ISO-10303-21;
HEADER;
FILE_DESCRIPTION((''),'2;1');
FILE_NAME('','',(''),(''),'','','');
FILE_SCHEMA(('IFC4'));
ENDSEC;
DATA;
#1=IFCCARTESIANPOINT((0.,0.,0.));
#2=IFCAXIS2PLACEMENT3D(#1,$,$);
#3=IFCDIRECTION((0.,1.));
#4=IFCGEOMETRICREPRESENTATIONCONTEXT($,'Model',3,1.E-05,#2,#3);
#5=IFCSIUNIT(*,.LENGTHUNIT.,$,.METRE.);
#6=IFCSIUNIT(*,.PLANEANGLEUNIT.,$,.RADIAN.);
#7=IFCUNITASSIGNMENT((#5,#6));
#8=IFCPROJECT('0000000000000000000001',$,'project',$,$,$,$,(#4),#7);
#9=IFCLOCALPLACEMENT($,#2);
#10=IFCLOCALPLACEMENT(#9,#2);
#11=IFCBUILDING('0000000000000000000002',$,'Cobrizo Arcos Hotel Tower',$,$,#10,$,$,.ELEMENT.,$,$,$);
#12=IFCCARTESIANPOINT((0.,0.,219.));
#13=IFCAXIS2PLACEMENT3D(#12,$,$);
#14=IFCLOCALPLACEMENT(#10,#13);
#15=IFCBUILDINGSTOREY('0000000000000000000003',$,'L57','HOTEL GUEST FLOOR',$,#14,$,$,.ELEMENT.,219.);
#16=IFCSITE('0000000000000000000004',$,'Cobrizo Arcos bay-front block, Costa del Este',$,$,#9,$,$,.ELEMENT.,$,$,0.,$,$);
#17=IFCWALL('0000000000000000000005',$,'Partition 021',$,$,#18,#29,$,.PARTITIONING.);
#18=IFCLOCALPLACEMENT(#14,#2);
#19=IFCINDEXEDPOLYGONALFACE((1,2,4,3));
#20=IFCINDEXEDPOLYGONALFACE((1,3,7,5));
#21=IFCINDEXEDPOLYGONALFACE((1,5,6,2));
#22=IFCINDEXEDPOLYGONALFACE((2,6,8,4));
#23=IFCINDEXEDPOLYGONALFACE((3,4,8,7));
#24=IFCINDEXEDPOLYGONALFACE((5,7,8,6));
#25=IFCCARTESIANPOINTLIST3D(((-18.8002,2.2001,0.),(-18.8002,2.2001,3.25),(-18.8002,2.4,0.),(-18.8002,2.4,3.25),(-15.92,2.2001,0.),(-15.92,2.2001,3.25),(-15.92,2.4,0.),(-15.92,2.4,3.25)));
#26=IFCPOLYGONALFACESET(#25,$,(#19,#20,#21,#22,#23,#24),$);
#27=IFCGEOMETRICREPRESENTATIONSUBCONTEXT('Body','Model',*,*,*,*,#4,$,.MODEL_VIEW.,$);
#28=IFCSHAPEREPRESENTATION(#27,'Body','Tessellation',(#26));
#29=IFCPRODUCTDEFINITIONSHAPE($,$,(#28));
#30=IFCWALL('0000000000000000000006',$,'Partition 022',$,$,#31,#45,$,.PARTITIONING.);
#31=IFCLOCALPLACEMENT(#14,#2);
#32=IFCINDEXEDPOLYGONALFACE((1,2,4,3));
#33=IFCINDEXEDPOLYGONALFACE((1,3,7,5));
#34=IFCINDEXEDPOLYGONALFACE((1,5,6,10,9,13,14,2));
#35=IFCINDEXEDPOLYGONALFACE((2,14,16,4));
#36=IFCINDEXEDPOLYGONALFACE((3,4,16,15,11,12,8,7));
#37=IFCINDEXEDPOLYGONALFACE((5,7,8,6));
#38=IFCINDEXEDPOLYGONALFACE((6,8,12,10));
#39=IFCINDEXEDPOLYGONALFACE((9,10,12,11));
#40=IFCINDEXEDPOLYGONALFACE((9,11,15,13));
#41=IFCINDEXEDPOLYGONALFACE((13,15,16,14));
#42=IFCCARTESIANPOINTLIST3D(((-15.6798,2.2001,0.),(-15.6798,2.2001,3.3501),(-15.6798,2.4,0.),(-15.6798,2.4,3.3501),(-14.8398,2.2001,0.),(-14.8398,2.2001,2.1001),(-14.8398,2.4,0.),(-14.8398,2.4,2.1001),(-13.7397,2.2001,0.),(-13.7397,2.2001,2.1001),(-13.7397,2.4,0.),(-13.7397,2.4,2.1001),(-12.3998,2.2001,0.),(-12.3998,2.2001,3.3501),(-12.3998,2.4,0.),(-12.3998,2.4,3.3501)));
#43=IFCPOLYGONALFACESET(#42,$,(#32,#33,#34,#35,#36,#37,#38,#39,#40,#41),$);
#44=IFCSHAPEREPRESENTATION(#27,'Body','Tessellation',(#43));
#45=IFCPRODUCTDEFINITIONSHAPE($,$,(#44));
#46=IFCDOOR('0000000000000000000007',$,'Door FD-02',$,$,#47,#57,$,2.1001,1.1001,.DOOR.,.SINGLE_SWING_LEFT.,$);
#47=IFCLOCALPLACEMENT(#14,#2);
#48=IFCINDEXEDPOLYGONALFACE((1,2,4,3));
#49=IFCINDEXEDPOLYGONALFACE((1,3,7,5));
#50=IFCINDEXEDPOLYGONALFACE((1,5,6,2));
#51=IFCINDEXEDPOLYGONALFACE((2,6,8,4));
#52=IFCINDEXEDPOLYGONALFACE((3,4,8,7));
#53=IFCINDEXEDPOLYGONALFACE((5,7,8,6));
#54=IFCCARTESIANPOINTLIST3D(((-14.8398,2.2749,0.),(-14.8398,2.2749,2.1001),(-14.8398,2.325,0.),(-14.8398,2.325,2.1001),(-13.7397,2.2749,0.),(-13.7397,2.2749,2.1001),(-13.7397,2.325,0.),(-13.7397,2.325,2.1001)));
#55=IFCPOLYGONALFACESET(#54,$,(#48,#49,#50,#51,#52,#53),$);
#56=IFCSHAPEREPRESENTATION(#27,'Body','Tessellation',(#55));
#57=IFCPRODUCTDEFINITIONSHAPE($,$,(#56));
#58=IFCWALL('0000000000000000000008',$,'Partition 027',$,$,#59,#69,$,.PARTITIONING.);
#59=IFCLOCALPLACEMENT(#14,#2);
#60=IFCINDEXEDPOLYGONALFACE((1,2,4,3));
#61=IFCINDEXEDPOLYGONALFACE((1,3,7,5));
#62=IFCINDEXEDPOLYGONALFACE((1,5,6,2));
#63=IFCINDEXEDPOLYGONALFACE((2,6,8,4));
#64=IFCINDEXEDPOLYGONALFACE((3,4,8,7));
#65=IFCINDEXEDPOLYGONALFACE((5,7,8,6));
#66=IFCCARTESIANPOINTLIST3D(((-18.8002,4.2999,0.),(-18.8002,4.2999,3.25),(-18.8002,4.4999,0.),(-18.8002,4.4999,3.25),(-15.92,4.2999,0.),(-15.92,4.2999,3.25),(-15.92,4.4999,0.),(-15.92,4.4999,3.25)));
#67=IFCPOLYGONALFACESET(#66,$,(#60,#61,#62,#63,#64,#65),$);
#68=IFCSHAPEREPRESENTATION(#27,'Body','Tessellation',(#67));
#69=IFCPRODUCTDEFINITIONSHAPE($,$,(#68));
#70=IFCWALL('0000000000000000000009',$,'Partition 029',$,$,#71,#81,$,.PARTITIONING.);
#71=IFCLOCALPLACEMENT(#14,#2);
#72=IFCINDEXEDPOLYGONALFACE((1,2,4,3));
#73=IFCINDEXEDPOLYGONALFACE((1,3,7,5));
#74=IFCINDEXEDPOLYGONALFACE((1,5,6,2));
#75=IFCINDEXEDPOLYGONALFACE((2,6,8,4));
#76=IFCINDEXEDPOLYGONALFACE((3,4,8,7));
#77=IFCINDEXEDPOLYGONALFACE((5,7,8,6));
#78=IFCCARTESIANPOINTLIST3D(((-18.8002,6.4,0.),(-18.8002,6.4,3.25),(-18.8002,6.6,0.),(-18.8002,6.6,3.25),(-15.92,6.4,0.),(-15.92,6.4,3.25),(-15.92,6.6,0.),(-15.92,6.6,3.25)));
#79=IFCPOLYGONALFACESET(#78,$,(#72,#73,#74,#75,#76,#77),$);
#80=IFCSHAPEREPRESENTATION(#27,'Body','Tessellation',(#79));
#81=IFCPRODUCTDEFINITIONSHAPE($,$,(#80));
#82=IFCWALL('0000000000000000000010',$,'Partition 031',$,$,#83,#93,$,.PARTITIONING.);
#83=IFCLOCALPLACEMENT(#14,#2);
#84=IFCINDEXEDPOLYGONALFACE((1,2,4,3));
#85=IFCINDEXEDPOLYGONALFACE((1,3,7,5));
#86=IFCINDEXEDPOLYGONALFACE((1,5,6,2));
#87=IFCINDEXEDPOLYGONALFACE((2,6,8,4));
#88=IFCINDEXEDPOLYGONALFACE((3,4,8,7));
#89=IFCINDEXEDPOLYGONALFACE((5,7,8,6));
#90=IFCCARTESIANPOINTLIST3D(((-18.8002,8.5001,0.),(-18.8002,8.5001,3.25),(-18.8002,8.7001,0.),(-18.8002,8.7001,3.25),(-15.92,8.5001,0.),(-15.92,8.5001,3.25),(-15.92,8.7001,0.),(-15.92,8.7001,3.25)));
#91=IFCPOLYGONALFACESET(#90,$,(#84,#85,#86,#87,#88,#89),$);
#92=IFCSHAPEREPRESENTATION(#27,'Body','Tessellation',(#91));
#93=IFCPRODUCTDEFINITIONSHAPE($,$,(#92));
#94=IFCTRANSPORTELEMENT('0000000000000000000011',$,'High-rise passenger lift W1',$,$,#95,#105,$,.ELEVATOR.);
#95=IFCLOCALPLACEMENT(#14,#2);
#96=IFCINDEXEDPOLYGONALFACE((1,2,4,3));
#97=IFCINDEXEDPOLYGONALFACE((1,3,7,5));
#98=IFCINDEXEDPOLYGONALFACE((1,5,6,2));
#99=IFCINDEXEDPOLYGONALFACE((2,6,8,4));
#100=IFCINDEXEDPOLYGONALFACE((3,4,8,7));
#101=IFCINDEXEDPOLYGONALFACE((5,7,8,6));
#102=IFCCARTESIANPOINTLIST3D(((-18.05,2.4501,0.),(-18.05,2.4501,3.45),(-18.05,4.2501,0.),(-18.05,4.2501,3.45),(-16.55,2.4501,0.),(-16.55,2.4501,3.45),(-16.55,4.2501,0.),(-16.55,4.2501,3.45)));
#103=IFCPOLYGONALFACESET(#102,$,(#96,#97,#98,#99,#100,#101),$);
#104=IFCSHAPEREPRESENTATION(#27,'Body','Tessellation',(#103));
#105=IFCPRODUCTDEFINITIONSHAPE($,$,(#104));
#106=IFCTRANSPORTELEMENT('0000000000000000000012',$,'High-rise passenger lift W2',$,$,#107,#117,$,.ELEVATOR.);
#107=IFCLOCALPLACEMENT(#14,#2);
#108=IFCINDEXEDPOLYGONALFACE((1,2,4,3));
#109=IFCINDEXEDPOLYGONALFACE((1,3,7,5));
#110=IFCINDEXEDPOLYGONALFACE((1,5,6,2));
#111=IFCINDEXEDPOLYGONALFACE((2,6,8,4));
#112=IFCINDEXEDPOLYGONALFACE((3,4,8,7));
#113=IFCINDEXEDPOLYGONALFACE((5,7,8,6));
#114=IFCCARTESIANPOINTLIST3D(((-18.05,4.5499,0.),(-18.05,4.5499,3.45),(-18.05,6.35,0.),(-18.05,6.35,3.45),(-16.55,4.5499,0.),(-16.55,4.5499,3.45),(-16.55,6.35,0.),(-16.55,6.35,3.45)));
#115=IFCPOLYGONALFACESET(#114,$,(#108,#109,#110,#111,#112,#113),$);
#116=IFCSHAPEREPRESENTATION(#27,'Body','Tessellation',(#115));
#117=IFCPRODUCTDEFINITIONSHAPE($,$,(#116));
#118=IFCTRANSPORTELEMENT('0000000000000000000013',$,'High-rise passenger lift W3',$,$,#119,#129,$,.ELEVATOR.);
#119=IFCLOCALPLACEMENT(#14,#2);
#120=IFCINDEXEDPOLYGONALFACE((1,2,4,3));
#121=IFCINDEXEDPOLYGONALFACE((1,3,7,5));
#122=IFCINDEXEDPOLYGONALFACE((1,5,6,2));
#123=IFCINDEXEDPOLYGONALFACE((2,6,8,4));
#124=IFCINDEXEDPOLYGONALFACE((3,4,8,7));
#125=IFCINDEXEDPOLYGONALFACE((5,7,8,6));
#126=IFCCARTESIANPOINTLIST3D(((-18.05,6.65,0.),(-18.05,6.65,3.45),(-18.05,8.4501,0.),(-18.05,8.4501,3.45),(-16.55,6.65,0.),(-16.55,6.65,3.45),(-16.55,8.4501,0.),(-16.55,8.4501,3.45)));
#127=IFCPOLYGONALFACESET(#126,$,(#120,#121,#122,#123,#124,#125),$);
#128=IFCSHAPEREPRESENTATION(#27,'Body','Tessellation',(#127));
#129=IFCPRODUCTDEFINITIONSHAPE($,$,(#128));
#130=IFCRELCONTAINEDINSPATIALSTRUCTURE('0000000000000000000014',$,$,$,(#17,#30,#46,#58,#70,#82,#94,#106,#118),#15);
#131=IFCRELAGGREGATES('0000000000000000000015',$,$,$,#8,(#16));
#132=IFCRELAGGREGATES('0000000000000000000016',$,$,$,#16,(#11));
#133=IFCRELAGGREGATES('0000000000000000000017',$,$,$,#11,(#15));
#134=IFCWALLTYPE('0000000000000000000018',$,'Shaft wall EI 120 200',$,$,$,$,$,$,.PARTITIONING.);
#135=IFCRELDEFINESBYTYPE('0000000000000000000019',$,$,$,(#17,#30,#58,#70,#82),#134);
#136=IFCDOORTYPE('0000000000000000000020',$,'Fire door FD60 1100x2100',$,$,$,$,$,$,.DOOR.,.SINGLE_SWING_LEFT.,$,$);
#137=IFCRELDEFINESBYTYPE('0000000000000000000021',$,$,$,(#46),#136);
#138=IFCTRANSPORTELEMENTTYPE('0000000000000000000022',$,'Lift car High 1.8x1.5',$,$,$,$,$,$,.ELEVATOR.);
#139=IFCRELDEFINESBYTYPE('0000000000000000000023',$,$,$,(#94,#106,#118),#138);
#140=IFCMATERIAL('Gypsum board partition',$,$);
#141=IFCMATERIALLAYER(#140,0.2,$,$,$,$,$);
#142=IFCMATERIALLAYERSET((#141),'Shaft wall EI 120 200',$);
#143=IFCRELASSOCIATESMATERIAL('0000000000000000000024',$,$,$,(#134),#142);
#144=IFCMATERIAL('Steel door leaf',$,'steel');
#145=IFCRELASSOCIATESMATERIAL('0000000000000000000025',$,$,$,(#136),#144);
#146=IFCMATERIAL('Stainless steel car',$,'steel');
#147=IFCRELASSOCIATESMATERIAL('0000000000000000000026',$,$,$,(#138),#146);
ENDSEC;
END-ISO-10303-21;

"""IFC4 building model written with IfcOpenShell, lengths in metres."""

from ifc_helpers import new_model, si_unit, direction, frame, frame_2d, origin, origin_2d, place, context, subcontext, project, spatial, rectangle, extrude, material, layer, layer_set, type_object, element, fill, save


model = new_model("IFC4")

# Units and contexts
model_context = context("Model", 3, precision=1e-05, world=origin(), true_north=direction((0.0, 1.0)))
body_context = subcontext(model_context, "Body", "Model", "MODEL_VIEW")
ifc_project = project(units=[si_unit("LENGTHUNIT", "METRE"), si_unit("PLANEANGLEUNIT", "RADIAN")], contexts=[model_context])

# Site, building, storey
site_placement = place(None, origin())
site = spatial("IfcSite", under=ifc_project, at=site_placement, Name="Cobrizo Arcos bay-front block, Costa del Este", CompositionType="ELEMENT", RefElevation=0.0)
building_placement = place(site_placement, origin())
building = spatial("IfcBuilding", under=site, at=building_placement, Name="Cobrizo Arcos Hotel Tower", CompositionType="ELEMENT")
storey_placement = place(building_placement, frame((0.0, 0.0, 219.0)))
storey = spatial("IfcBuildingStorey", under=building, at=storey_placement, Name="L57", Description="HOTEL GUEST FLOOR", CompositionType="ELEMENT", Elevation=219.0)

# Shared definitions
ifc_material_1 = material(Name="Gypsum board partition")

# Wall
ifc_layer_1 = layer(ifc_material_1, 0.2)
ifc_layer_set_1 = layer_set([ifc_layer_1], Name="Shaft wall EI 120 200")
wall_type_1 = type_object("IfcWallType", Name="Shaft wall EI 120 200", PredefinedType="PARTITIONING", material=ifc_layer_set_1)
for number, where, z_axis, x_axis, name in (
    (1, (-18.8, 2.3, 0.0), (0.0, 0.0, 1.0), (1.0, 0.0, 0.0), "Partition 021"),
):
    element("IfcWall", number, at=place(storey_placement, frame(where, z_axis=z_axis, x_axis=x_axis)), inside=storey, type_object=wall_type_1, Name=name, PredefinedType="PARTITIONING", context=body_context, shape_type="SweptSolid", body=[
        extrude(rectangle(XDim=2.8801, YDim=0.2, at=frame_2d((1.4399, 0.0))), origin(), (0.0, 0.0, 1.0), 3.25),
    ])

# Wall, opening, door
wall_1_placement = place(storey_placement, frame((-15.6799, 2.3, 0.0), z_axis=(0.0, 0.0, 1.0), x_axis=(1.0, 0.0, 0.0)))
wall_1 = element("IfcWall", 2, at=wall_1_placement, inside=storey, type_object=wall_type_1, Name="Partition 022", PredefinedType="PARTITIONING", context=body_context, shape_type="SweptSolid", body=[
    extrude(rectangle(XDim=3.28, YDim=0.2, at=frame_2d((1.6401, 0.0))), origin(), (0.0, 0.0, 1.0), 3.3501),
])
opening_1_placement = place(wall_1_placement, frame((0.8401, 0.0, 0.0)))
opening_1 = element("IfcOpeningElement", 3, at=opening_1_placement, cuts=wall_1, PredefinedType="OPENING", context=body_context, shape_type="SweptSolid", body=[
    extrude(rectangle(XDim=1.1001, YDim=2.1001, at=frame_2d((0.55, 1.05))), frame((0.0, 0.1121, 0.0), z_axis=(0.0, -1.0, 0.0), x_axis=(1.0, 0.0, 0.0)), (0.0, 0.0, 1.0), 0.2239),
])
ifc_material_2 = material(Name="Steel door leaf", Category="steel")
door_type_1 = type_object("IfcDoorType", Name="Fire door FD60 1100x2100", OperationType="SINGLE_SWING_LEFT", PredefinedType="DOOR", material=ifc_material_2)
door_1_placement = place(opening_1_placement, origin())
door_1 = element("IfcDoor", 4, at=door_1_placement, inside=storey, type_object=door_type_1, Name="Door FD-02", OperationType="SINGLE_SWING_LEFT", OverallHeight=2.1001, OverallWidth=1.1001, PredefinedType="DOOR", context=body_context, shape_type="SweptSolid", body=[
    extrude(rectangle(XDim=1.1001, YDim=2.1001, at=frame_2d((0.55, 1.05))), frame((0.0, 0.0249, 0.0), z_axis=(0.0, -1.0, 0.0), x_axis=(1.0, 0.0, 0.0)), (0.0, 0.0, 1.0), 0.05),
])
fill(opening_1, door_1)

# Walls
for number, where, z_axis, x_axis, name in (
    (5, (-18.8, 4.3999, 0.0), (0.0, 0.0, 1.0), (1.0, 0.0, 0.0), "Partition 027"),
    (6, (-18.8, 6.5, 0.0), (0.0, 0.0, 1.0), (1.0, 0.0, 0.0), "Partition 029"),
    (7, (-18.8, 8.6001, 0.0), (0.0, 0.0, 1.0), (1.0, 0.0, 0.0), "Partition 031"),
):
    element("IfcWall", number, at=place(storey_placement, frame(where, z_axis=z_axis, x_axis=x_axis)), inside=storey, type_object=wall_type_1, Name=name, PredefinedType="PARTITIONING", context=body_context, shape_type="SweptSolid", body=[
        extrude(rectangle(XDim=2.8801, YDim=0.2, at=frame_2d((1.4399, 0.0))), origin(), (0.0, 0.0, 1.0), 3.25),
    ])

# Transport elements
ifc_material_3 = material(Name="Stainless steel car", Category="steel")
transport_element_type = type_object("IfcTransportElementType", Name="Lift car High 1.8x1.5", PredefinedType="ELEVATOR", material=ifc_material_3)
for number, where, z_axis, x_axis, name in (
    (8, (-17.3, 3.3501, 0.0), (0.0, 0.0, 1.0), (1.0, 0.0, 0.0), "High-rise passenger lift W1"),
    (9, (-17.3, 5.45, 0.0), (0.0, 0.0, 1.0), (1.0, 0.0, 0.0), "High-rise passenger lift W2"),
    (10, (-17.3, 7.55, 0.0), (0.0, 0.0, 1.0), (1.0, 0.0, 0.0), "High-rise passenger lift W3"),
):
    element("IfcTransportElement", number, at=place(storey_placement, frame(where, z_axis=z_axis, x_axis=x_axis)), inside=storey, type_object=transport_element_type, Name=name, PredefinedType="ELEVATOR", context=body_context, shape_type="SweptSolid", body=[
        extrude(rectangle(XDim=1.5, YDim=1.8, at=origin_2d()), origin(), (0.0, 0.0, 1.0), 3.45),
    ])

save(model, "model.ifc")
